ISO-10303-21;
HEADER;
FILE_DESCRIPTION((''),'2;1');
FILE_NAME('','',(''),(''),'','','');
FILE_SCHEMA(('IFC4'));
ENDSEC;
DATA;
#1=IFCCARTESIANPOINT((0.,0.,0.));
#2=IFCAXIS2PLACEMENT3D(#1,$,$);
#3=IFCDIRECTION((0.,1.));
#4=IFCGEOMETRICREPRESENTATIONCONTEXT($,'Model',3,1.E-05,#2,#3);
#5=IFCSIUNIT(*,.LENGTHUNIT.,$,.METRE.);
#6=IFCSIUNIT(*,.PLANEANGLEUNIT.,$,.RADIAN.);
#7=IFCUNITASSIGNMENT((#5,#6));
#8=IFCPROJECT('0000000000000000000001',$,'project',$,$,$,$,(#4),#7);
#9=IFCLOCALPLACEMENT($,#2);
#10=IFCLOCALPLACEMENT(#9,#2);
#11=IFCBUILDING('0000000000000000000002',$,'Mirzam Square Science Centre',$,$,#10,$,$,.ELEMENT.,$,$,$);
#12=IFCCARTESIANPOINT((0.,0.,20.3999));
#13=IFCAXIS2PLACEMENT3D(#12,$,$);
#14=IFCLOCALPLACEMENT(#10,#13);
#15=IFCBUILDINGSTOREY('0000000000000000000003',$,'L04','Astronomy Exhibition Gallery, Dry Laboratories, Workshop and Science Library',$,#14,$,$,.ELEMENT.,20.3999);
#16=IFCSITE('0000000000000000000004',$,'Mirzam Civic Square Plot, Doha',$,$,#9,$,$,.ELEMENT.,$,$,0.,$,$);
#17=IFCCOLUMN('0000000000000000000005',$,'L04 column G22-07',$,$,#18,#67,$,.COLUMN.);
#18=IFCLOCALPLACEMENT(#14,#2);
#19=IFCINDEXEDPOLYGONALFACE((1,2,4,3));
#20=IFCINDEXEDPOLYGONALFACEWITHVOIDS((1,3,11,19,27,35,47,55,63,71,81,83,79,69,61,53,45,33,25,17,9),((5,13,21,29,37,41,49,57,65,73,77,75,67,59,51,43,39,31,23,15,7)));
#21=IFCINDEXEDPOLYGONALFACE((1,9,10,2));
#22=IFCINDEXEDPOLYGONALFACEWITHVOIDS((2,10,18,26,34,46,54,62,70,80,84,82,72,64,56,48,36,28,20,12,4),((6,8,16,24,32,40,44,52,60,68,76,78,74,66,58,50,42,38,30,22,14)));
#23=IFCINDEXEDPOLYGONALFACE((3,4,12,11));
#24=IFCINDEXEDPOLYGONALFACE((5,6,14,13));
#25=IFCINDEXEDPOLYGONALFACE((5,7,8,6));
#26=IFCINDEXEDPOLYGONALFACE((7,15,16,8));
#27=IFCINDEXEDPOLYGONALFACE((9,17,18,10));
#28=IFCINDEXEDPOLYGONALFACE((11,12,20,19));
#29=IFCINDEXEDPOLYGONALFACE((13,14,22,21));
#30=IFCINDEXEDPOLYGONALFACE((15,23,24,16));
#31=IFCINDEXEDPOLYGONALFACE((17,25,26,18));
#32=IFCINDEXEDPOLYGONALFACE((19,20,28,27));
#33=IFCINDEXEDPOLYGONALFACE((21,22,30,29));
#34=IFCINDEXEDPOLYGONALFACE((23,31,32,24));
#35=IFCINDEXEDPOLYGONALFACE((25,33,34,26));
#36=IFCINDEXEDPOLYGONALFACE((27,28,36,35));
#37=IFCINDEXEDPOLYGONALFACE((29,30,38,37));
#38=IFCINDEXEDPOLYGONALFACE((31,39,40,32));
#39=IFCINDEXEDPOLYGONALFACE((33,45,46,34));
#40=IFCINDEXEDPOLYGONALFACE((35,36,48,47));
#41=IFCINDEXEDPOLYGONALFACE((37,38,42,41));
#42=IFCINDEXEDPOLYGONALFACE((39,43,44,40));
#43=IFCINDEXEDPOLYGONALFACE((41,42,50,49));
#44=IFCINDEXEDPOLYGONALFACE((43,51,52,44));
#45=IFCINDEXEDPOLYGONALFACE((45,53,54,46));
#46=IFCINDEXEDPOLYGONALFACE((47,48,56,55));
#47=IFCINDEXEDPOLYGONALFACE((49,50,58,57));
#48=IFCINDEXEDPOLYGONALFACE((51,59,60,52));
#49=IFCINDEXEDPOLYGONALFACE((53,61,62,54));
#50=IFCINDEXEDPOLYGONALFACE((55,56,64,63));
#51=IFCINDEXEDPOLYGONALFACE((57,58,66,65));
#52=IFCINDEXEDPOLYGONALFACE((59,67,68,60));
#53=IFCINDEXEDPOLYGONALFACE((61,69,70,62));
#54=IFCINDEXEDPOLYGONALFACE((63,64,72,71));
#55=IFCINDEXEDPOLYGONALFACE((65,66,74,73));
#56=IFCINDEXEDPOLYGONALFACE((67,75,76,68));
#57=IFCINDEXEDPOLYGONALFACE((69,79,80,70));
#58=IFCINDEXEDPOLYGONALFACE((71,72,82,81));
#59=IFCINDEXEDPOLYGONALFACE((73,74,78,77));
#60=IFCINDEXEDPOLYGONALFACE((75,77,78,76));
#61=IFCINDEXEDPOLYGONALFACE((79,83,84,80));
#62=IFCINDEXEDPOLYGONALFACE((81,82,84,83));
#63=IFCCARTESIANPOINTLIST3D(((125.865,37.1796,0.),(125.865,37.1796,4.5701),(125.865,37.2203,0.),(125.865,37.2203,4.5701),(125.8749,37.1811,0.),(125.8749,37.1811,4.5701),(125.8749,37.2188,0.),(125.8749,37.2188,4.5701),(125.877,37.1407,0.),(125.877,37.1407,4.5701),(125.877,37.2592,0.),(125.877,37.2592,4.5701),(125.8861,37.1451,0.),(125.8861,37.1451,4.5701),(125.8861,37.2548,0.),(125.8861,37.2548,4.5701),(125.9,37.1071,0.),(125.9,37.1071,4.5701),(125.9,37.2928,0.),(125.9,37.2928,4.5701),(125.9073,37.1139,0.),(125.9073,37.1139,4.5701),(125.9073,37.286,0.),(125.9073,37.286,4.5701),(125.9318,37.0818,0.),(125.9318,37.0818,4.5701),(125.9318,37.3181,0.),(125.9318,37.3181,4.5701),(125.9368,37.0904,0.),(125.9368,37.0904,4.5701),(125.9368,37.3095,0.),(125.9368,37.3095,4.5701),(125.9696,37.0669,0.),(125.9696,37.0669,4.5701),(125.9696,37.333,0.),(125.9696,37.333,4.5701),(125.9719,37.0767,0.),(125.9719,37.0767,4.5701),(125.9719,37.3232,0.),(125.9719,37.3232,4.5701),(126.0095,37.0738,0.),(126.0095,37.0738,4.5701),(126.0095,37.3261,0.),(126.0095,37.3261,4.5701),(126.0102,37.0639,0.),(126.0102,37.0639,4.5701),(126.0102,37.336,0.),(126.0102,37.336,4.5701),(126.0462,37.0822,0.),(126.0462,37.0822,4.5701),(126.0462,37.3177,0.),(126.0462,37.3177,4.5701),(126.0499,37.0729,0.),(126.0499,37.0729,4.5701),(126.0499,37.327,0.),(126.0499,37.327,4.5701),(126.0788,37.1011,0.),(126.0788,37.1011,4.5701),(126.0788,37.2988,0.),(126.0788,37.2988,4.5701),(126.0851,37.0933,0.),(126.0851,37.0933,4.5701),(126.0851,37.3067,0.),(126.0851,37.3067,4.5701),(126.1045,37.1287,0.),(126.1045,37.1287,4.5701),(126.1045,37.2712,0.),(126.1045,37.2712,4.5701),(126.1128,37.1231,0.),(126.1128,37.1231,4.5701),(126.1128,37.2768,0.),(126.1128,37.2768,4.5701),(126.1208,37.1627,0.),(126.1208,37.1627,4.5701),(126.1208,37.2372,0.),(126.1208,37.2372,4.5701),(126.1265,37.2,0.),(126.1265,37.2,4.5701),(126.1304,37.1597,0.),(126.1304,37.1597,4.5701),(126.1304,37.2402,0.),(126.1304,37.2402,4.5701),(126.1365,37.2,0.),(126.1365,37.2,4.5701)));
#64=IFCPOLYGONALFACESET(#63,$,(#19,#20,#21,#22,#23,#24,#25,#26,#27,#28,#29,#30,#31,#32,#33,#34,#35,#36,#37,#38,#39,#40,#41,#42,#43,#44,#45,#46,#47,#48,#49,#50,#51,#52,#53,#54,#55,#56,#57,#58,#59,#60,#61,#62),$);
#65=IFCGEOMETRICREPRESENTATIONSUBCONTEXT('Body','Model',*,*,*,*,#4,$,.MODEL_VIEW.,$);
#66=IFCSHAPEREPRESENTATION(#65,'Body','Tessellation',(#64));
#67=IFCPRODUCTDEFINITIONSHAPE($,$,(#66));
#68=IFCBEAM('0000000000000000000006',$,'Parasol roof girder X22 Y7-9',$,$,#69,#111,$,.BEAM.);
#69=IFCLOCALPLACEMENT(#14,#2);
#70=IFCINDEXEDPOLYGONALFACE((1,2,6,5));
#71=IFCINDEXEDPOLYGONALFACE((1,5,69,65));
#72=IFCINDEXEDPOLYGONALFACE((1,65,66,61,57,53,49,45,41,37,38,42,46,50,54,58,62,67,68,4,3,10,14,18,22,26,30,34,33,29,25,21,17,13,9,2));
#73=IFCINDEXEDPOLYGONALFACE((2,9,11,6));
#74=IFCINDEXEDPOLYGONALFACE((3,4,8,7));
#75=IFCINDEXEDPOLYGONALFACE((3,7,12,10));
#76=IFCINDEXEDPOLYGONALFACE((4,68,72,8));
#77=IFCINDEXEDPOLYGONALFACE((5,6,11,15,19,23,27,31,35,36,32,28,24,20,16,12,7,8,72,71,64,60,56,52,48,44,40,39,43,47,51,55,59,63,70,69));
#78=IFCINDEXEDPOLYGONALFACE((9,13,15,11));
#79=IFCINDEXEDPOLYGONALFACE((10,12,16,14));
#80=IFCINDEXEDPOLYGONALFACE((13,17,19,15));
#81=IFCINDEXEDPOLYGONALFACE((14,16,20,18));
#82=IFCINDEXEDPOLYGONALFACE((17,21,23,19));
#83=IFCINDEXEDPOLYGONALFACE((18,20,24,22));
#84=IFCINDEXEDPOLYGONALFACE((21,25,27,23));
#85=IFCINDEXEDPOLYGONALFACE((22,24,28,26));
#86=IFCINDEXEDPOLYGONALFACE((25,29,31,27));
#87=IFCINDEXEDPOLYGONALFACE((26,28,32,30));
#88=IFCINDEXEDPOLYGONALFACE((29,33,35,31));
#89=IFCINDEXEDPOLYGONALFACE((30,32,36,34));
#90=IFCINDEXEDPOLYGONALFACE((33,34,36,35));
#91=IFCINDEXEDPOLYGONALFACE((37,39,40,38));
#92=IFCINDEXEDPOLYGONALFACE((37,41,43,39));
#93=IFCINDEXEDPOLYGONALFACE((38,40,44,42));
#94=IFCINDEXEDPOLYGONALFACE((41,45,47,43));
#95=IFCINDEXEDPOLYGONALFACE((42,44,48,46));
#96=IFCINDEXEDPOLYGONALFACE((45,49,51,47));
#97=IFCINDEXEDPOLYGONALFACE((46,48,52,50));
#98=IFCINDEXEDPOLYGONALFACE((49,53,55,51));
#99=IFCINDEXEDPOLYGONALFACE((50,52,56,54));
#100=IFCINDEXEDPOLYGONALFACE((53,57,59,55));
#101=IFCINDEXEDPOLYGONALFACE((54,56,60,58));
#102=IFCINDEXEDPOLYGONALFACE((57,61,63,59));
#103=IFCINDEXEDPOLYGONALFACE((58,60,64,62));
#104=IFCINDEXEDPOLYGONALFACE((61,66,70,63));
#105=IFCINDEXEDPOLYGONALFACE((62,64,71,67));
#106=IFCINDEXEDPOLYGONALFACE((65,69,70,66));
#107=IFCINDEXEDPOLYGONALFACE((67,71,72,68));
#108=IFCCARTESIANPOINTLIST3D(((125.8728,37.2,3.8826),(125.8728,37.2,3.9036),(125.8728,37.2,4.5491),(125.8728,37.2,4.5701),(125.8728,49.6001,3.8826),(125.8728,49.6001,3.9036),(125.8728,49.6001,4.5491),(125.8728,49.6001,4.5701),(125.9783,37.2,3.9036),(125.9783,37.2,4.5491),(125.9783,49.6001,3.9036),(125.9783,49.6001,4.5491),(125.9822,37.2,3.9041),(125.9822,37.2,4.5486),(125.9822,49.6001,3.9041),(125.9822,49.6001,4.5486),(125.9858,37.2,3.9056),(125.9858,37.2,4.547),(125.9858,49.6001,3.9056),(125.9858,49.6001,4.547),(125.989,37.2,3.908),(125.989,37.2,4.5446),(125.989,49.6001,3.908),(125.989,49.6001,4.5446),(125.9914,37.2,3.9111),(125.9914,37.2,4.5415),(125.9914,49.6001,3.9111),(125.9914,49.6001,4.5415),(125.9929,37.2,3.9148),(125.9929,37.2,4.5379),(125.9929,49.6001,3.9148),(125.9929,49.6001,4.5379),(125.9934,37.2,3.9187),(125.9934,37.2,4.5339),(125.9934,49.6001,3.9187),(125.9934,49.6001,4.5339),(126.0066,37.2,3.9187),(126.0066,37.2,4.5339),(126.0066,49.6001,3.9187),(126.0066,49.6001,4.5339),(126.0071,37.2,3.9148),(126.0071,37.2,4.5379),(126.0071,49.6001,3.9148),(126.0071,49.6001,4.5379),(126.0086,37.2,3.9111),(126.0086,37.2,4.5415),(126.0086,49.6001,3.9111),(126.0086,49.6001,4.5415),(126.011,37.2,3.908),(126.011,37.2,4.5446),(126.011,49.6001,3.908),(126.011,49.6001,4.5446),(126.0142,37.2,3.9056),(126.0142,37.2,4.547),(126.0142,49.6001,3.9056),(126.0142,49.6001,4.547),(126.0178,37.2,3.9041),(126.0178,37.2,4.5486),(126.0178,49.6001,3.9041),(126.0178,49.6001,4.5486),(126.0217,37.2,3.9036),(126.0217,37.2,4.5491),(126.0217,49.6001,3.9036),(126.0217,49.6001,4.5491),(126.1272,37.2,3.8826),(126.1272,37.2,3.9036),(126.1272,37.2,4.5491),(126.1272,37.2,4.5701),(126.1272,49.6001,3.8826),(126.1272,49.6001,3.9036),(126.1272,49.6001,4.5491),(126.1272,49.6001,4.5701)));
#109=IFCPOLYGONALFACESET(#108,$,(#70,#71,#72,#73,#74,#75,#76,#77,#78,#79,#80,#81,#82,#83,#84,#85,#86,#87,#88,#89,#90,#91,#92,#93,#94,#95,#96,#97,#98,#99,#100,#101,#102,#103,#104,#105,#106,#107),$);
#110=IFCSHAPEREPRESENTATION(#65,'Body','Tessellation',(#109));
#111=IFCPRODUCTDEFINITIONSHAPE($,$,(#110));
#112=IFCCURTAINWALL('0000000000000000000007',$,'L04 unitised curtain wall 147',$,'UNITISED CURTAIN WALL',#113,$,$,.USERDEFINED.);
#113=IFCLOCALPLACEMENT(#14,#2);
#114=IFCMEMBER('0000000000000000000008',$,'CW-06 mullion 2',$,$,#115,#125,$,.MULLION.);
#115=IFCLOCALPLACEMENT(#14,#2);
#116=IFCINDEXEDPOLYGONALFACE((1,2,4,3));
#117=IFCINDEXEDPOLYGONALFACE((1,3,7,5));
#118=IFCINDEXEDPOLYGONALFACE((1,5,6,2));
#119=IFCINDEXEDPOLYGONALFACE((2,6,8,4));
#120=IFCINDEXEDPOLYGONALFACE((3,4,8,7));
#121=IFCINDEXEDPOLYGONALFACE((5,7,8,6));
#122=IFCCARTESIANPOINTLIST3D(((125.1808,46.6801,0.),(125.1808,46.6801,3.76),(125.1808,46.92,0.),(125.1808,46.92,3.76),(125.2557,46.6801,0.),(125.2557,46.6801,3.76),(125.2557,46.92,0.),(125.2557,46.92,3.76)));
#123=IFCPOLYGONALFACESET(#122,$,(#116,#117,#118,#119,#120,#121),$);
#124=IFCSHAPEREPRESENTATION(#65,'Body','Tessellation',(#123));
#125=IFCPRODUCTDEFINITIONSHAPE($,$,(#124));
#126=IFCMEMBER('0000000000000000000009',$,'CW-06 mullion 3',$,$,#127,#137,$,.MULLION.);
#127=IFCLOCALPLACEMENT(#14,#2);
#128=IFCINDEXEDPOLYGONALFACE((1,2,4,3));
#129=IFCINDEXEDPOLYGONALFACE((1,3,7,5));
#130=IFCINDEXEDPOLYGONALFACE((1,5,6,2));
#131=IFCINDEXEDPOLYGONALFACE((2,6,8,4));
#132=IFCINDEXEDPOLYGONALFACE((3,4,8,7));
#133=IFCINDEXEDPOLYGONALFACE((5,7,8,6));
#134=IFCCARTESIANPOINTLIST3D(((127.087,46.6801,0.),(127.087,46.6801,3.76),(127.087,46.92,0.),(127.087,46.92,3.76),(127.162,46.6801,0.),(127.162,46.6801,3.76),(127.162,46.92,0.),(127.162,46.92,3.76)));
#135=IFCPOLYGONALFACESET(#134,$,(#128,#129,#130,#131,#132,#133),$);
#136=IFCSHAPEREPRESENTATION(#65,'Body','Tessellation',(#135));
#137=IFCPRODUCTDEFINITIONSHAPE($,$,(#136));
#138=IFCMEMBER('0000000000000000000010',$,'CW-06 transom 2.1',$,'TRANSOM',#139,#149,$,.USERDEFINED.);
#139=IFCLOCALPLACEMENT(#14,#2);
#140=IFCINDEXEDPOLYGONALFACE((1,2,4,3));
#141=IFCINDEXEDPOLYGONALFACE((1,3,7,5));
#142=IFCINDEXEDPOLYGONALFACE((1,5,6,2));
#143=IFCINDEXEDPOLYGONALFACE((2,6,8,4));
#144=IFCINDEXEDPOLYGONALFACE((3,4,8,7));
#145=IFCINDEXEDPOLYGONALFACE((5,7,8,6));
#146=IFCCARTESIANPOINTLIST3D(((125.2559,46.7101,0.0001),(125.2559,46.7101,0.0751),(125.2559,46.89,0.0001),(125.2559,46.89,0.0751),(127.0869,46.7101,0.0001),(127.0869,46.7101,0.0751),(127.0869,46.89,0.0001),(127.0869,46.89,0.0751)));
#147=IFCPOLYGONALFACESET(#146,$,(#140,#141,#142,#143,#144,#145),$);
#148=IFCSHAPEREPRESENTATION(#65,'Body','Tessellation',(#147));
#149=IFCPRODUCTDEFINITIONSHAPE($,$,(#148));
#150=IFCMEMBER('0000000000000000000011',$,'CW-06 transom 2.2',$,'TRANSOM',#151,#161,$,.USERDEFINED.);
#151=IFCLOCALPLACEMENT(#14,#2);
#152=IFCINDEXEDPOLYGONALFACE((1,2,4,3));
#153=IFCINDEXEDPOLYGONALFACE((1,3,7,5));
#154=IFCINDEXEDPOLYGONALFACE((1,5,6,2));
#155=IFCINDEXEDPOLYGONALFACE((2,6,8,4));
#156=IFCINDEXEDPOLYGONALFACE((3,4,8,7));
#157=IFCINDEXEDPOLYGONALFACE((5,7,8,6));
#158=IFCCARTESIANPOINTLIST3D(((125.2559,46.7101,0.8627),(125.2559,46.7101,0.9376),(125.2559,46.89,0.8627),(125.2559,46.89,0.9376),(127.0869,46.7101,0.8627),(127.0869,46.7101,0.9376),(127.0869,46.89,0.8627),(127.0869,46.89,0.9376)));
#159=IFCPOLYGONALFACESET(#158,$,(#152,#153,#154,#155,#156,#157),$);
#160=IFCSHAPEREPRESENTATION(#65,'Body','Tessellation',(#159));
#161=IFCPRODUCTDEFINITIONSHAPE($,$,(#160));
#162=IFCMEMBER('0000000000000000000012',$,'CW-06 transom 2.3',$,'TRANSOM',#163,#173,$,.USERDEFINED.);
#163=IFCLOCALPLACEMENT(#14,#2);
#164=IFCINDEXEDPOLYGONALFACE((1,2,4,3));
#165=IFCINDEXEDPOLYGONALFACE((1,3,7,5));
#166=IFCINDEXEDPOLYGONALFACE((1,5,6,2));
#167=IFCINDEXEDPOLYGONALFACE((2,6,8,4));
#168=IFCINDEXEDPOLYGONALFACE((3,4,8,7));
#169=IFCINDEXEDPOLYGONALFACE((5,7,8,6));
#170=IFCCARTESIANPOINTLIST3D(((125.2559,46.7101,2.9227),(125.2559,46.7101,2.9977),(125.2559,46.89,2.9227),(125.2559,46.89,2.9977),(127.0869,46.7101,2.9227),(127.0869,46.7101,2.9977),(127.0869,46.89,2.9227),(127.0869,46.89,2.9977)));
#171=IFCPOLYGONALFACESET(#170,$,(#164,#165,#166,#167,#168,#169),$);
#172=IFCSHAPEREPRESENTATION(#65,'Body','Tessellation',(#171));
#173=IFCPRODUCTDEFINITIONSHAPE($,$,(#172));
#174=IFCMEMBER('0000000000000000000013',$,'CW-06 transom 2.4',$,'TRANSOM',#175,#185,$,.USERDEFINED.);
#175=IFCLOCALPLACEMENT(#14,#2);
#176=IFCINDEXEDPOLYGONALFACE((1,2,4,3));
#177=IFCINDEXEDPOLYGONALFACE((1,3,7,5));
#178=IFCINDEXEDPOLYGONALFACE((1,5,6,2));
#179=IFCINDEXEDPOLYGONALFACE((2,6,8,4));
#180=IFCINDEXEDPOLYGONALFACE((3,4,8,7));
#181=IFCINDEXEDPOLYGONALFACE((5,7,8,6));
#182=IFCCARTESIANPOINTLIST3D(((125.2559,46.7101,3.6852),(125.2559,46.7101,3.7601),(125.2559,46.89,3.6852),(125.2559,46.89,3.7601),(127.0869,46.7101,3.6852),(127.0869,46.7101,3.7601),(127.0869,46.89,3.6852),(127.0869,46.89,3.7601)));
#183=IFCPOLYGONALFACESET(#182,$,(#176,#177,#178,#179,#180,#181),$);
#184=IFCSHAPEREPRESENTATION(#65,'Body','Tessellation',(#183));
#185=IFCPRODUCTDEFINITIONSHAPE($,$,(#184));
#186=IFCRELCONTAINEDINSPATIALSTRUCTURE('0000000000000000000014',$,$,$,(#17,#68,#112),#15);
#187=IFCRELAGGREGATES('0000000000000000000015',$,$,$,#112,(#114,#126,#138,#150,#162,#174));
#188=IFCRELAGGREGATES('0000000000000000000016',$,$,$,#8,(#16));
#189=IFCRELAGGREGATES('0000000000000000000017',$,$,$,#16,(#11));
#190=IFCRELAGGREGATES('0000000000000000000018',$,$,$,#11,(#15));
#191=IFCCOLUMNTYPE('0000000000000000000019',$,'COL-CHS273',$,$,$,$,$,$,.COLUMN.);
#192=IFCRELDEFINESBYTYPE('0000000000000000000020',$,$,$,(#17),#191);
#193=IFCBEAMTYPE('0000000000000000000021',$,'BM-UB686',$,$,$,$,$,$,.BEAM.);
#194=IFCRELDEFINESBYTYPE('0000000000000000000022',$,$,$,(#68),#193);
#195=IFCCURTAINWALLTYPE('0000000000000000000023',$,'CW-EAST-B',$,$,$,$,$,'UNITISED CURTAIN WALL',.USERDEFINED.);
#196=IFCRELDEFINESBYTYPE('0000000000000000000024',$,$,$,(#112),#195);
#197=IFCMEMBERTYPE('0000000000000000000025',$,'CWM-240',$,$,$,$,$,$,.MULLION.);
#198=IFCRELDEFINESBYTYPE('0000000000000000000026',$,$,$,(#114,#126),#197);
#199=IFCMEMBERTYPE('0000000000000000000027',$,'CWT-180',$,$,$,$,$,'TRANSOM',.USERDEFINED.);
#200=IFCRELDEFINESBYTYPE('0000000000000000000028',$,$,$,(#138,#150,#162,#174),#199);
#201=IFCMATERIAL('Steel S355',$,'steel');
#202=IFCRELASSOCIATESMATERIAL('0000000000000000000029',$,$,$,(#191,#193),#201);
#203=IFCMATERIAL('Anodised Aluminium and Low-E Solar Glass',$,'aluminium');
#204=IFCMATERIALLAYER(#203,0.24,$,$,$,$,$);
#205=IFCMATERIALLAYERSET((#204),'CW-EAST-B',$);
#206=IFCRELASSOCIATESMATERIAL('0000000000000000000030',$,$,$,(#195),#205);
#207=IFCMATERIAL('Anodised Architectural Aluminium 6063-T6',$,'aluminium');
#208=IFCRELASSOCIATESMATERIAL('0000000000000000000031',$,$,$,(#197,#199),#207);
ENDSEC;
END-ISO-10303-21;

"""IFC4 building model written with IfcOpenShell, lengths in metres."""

from ifc_helpers import new_model, si_unit, direction, frame, origin, origin_2d, place, context, subcontext, project, spatial, rectangle, hollow_circle, i_section, extrude, material, layer, layer_set, material_profile, profile_set, type_object, element, aggregate, save


model = new_model("IFC4")

# Units and contexts
model_context = context("Model", 3, precision=1e-05, world=origin(), true_north=direction((0.0, 1.0)))
body_context = subcontext(model_context, "Body", "Model", "MODEL_VIEW")
ifc_project = project(units=[si_unit("LENGTHUNIT", "METRE"), si_unit("PLANEANGLEUNIT", "RADIAN")], contexts=[model_context])

# Site, building, storey
site_placement = place(None, origin())
site = spatial("IfcSite", under=ifc_project, at=site_placement, Name="Mirzam Civic Square Plot, Doha", CompositionType="ELEMENT", RefElevation=0.0)
building_placement = place(site_placement, origin())
building = spatial("IfcBuilding", under=site, at=building_placement, Name="Mirzam Square Science Centre", CompositionType="ELEMENT")
storey_placement = place(building_placement, frame((0.0, 0.0, 20.3999)))
storey = spatial("IfcBuildingStorey", under=building, at=storey_placement, Name="L04", Description="Astronomy Exhibition Gallery, Dry Laboratories, Workshop and Science Library", CompositionType="ELEMENT", Elevation=20.3999)

# Column
ifc_material_1 = material(Name="Steel S355", Category="steel")
ifc_material_profile_1 = material_profile(ifc_material_1, hollow_circle(Radius=0.1365, WallThickness=0.01, at=origin_2d()), Name="273.0x10.0CHS")
ifc_profile_set_1 = profile_set([ifc_material_profile_1], Name="Steel S355")
column_type = type_object("IfcColumnType", Name="COL-CHS273", PredefinedType="COLUMN", material=ifc_profile_set_1)
column_placement = place(storey_placement, frame((126.0, 37.2, 0.0), z_axis=(0.0, 0.0, 1.0), x_axis=(1.0, 0.0, 0.0)))
element("IfcColumn", 1, at=column_placement, inside=storey, type_object=column_type, Name="L04 column G22-07", PredefinedType="COLUMN", context=body_context, shape_type="SweptSolid", body=[
    extrude(hollow_circle(Radius=0.1365, WallThickness=0.01, at=origin_2d()), origin(), (0.0, 0.0, 1.0), 4.5701),
])

# Beam
ifc_material_profile_2 = material_profile(ifc_material_1, i_section(OverallWidth=0.2544, OverallDepth=0.6875, WebThickness=0.0132, FlangeThickness=0.021, FilletRadius=0.0151, at=origin_2d()), Name="686x254x152UB")
ifc_profile_set_2 = profile_set([ifc_material_profile_2], Name="Steel S355")
beam_type_1 = type_object("IfcBeamType", Name="BM-UB686", PredefinedType="BEAM", material=ifc_profile_set_2)
beam_1_placement = place(storey_placement, frame((126.0, 37.2, 4.2263), z_axis=(0.0, 1.0, 0.0), x_axis=(-1.0, 0.0, 0.0)))
element("IfcBeam", 2, at=beam_1_placement, inside=storey, type_object=beam_type_1, Name="Parasol roof girder X22 Y7-9", PredefinedType="BEAM", context=body_context, shape_type="SweptSolid", body=[
    extrude(i_section(OverallWidth=0.2544, OverallDepth=0.6875, WebThickness=0.0132, FlangeThickness=0.021, FilletRadius=0.0151, at=origin_2d()), origin(), (0.0, 0.0, 1.0), 12.4001),
])

# Curtain wall, members
ifc_material_2 = material(Name="Anodised Aluminium and Low-E Solar Glass", Category="aluminium")
ifc_layer_1 = layer(ifc_material_2, 0.24)
ifc_layer_set_1 = layer_set([ifc_layer_1], Name="CW-EAST-B")
curtain_wall_type = type_object("IfcCurtainWallType", Name="CW-EAST-B", ElementType="UNITISED CURTAIN WALL", PredefinedType="USERDEFINED", material=ifc_layer_set_1)
curtain_wall_placement = place(storey_placement, origin())
curtain_wall = element("IfcCurtainWall", 3, at=curtain_wall_placement, inside=storey, type_object=curtain_wall_type, Name="L04 unitised curtain wall 147", ObjectType="UNITISED CURTAIN WALL", PredefinedType="USERDEFINED")
ifc_material_3 = material(Name="Anodised Architectural Aluminium 6063-T6", Category="aluminium")
ifc_material_profile_3 = material_profile(ifc_material_3, rectangle(XDim=0.075, YDim=0.24, at=origin_2d()), Name="ALU-MULL-240x75x5")
ifc_profile_set_3 = profile_set([ifc_material_profile_3], Name="Anodised Architectural Aluminium 6063-T6")
member_type_1 = type_object("IfcMemberType", Name="CWM-240", PredefinedType="MULLION", material=ifc_profile_set_3)
member_1_placement = place(storey_placement, frame((125.2183, 46.8, 0.0), z_axis=(0.0, 0.0, 1.0), x_axis=(1.0, 0.0, 0.0)))
member_1 = element("IfcMember", 4, at=member_1_placement, type_object=member_type_1, Name="CW-06 mullion 2", PredefinedType="MULLION", context=body_context, shape_type="SweptSolid", body=[
    extrude(rectangle(XDim=0.075, YDim=0.24, at=origin_2d()), origin(), (0.0, 0.0, 1.0), 3.76),
])
member_2_placement = place(storey_placement, frame((127.1245, 46.8, 0.0), z_axis=(0.0, 0.0, 1.0), x_axis=(1.0, 0.0, 0.0)))
member_2 = element("IfcMember", 5, at=member_2_placement, type_object=member_type_1, Name="CW-06 mullion 3", PredefinedType="MULLION", context=body_context, shape_type="SweptSolid", body=[
    extrude(rectangle(XDim=0.075, YDim=0.24, at=origin_2d()), origin(), (0.0, 0.0, 1.0), 3.76),
])
ifc_material_profile_4 = material_profile(ifc_material_3, rectangle(XDim=0.1799, YDim=0.075, at=origin_2d()), Name="ALU-TRAN-180x75x5")
ifc_profile_set_4 = profile_set([ifc_material_profile_4], Name="Anodised Architectural Aluminium 6063-T6")
member_type_2 = type_object("IfcMemberType", Name="CWT-180", ElementType="TRANSOM", PredefinedType="USERDEFINED", material=ifc_profile_set_4)
member_3_placement = place(storey_placement, frame((125.2559, 46.8, 0.0376), z_axis=(1.0, 0.0, 0.0), x_axis=(0.0, 1.0, 0.0)))
member_3 = element("IfcMember", 6, at=member_3_placement, type_object=member_type_2, Name="CW-06 transom 2.1", ObjectType="TRANSOM", PredefinedType="USERDEFINED", context=body_context, shape_type="SweptSolid", body=[
    extrude(rectangle(XDim=0.1799, YDim=0.075, at=origin_2d()), origin(), (0.0, 0.0, 1.0), 1.8311),
])
member_4_placement = place(storey_placement, frame((125.2559, 46.8, 0.9001), z_axis=(1.0, 0.0, 0.0), x_axis=(0.0, 1.0, 0.0)))
member_4 = element("IfcMember", 7, at=member_4_placement, type_object=member_type_2, Name="CW-06 transom 2.2", ObjectType="TRANSOM", PredefinedType="USERDEFINED", context=body_context, shape_type="SweptSolid", body=[
    extrude(rectangle(XDim=0.1799, YDim=0.075, at=origin_2d()), origin(), (0.0, 0.0, 1.0), 1.8311),
])
member_5_placement = place(storey_placement, frame((125.2559, 46.8, 2.9602), z_axis=(1.0, 0.0, 0.0), x_axis=(0.0, 1.0, 0.0)))
member_5 = element("IfcMember", 8, at=member_5_placement, type_object=member_type_2, Name="CW-06 transom 2.3", ObjectType="TRANSOM", PredefinedType="USERDEFINED", context=body_context, shape_type="SweptSolid", body=[
    extrude(rectangle(XDim=0.1799, YDim=0.075, at=origin_2d()), origin(), (0.0, 0.0, 1.0), 1.8311),
])
member_6_placement = place(storey_placement, frame((125.2559, 46.8, 3.7227), z_axis=(1.0, 0.0, 0.0), x_axis=(0.0, 1.0, 0.0)))
member_6 = element("IfcMember", 9, at=member_6_placement, type_object=member_type_2, Name="CW-06 transom 2.4", ObjectType="TRANSOM", PredefinedType="USERDEFINED", context=body_context, shape_type="SweptSolid", body=[
    extrude(rectangle(XDim=0.1799, YDim=0.075, at=origin_2d()), origin(), (0.0, 0.0, 1.0), 1.8311),
])

aggregate(curtain_wall, [member_1, member_2, member_3, member_4, member_5, member_6])

save(model, "model.ifc")
